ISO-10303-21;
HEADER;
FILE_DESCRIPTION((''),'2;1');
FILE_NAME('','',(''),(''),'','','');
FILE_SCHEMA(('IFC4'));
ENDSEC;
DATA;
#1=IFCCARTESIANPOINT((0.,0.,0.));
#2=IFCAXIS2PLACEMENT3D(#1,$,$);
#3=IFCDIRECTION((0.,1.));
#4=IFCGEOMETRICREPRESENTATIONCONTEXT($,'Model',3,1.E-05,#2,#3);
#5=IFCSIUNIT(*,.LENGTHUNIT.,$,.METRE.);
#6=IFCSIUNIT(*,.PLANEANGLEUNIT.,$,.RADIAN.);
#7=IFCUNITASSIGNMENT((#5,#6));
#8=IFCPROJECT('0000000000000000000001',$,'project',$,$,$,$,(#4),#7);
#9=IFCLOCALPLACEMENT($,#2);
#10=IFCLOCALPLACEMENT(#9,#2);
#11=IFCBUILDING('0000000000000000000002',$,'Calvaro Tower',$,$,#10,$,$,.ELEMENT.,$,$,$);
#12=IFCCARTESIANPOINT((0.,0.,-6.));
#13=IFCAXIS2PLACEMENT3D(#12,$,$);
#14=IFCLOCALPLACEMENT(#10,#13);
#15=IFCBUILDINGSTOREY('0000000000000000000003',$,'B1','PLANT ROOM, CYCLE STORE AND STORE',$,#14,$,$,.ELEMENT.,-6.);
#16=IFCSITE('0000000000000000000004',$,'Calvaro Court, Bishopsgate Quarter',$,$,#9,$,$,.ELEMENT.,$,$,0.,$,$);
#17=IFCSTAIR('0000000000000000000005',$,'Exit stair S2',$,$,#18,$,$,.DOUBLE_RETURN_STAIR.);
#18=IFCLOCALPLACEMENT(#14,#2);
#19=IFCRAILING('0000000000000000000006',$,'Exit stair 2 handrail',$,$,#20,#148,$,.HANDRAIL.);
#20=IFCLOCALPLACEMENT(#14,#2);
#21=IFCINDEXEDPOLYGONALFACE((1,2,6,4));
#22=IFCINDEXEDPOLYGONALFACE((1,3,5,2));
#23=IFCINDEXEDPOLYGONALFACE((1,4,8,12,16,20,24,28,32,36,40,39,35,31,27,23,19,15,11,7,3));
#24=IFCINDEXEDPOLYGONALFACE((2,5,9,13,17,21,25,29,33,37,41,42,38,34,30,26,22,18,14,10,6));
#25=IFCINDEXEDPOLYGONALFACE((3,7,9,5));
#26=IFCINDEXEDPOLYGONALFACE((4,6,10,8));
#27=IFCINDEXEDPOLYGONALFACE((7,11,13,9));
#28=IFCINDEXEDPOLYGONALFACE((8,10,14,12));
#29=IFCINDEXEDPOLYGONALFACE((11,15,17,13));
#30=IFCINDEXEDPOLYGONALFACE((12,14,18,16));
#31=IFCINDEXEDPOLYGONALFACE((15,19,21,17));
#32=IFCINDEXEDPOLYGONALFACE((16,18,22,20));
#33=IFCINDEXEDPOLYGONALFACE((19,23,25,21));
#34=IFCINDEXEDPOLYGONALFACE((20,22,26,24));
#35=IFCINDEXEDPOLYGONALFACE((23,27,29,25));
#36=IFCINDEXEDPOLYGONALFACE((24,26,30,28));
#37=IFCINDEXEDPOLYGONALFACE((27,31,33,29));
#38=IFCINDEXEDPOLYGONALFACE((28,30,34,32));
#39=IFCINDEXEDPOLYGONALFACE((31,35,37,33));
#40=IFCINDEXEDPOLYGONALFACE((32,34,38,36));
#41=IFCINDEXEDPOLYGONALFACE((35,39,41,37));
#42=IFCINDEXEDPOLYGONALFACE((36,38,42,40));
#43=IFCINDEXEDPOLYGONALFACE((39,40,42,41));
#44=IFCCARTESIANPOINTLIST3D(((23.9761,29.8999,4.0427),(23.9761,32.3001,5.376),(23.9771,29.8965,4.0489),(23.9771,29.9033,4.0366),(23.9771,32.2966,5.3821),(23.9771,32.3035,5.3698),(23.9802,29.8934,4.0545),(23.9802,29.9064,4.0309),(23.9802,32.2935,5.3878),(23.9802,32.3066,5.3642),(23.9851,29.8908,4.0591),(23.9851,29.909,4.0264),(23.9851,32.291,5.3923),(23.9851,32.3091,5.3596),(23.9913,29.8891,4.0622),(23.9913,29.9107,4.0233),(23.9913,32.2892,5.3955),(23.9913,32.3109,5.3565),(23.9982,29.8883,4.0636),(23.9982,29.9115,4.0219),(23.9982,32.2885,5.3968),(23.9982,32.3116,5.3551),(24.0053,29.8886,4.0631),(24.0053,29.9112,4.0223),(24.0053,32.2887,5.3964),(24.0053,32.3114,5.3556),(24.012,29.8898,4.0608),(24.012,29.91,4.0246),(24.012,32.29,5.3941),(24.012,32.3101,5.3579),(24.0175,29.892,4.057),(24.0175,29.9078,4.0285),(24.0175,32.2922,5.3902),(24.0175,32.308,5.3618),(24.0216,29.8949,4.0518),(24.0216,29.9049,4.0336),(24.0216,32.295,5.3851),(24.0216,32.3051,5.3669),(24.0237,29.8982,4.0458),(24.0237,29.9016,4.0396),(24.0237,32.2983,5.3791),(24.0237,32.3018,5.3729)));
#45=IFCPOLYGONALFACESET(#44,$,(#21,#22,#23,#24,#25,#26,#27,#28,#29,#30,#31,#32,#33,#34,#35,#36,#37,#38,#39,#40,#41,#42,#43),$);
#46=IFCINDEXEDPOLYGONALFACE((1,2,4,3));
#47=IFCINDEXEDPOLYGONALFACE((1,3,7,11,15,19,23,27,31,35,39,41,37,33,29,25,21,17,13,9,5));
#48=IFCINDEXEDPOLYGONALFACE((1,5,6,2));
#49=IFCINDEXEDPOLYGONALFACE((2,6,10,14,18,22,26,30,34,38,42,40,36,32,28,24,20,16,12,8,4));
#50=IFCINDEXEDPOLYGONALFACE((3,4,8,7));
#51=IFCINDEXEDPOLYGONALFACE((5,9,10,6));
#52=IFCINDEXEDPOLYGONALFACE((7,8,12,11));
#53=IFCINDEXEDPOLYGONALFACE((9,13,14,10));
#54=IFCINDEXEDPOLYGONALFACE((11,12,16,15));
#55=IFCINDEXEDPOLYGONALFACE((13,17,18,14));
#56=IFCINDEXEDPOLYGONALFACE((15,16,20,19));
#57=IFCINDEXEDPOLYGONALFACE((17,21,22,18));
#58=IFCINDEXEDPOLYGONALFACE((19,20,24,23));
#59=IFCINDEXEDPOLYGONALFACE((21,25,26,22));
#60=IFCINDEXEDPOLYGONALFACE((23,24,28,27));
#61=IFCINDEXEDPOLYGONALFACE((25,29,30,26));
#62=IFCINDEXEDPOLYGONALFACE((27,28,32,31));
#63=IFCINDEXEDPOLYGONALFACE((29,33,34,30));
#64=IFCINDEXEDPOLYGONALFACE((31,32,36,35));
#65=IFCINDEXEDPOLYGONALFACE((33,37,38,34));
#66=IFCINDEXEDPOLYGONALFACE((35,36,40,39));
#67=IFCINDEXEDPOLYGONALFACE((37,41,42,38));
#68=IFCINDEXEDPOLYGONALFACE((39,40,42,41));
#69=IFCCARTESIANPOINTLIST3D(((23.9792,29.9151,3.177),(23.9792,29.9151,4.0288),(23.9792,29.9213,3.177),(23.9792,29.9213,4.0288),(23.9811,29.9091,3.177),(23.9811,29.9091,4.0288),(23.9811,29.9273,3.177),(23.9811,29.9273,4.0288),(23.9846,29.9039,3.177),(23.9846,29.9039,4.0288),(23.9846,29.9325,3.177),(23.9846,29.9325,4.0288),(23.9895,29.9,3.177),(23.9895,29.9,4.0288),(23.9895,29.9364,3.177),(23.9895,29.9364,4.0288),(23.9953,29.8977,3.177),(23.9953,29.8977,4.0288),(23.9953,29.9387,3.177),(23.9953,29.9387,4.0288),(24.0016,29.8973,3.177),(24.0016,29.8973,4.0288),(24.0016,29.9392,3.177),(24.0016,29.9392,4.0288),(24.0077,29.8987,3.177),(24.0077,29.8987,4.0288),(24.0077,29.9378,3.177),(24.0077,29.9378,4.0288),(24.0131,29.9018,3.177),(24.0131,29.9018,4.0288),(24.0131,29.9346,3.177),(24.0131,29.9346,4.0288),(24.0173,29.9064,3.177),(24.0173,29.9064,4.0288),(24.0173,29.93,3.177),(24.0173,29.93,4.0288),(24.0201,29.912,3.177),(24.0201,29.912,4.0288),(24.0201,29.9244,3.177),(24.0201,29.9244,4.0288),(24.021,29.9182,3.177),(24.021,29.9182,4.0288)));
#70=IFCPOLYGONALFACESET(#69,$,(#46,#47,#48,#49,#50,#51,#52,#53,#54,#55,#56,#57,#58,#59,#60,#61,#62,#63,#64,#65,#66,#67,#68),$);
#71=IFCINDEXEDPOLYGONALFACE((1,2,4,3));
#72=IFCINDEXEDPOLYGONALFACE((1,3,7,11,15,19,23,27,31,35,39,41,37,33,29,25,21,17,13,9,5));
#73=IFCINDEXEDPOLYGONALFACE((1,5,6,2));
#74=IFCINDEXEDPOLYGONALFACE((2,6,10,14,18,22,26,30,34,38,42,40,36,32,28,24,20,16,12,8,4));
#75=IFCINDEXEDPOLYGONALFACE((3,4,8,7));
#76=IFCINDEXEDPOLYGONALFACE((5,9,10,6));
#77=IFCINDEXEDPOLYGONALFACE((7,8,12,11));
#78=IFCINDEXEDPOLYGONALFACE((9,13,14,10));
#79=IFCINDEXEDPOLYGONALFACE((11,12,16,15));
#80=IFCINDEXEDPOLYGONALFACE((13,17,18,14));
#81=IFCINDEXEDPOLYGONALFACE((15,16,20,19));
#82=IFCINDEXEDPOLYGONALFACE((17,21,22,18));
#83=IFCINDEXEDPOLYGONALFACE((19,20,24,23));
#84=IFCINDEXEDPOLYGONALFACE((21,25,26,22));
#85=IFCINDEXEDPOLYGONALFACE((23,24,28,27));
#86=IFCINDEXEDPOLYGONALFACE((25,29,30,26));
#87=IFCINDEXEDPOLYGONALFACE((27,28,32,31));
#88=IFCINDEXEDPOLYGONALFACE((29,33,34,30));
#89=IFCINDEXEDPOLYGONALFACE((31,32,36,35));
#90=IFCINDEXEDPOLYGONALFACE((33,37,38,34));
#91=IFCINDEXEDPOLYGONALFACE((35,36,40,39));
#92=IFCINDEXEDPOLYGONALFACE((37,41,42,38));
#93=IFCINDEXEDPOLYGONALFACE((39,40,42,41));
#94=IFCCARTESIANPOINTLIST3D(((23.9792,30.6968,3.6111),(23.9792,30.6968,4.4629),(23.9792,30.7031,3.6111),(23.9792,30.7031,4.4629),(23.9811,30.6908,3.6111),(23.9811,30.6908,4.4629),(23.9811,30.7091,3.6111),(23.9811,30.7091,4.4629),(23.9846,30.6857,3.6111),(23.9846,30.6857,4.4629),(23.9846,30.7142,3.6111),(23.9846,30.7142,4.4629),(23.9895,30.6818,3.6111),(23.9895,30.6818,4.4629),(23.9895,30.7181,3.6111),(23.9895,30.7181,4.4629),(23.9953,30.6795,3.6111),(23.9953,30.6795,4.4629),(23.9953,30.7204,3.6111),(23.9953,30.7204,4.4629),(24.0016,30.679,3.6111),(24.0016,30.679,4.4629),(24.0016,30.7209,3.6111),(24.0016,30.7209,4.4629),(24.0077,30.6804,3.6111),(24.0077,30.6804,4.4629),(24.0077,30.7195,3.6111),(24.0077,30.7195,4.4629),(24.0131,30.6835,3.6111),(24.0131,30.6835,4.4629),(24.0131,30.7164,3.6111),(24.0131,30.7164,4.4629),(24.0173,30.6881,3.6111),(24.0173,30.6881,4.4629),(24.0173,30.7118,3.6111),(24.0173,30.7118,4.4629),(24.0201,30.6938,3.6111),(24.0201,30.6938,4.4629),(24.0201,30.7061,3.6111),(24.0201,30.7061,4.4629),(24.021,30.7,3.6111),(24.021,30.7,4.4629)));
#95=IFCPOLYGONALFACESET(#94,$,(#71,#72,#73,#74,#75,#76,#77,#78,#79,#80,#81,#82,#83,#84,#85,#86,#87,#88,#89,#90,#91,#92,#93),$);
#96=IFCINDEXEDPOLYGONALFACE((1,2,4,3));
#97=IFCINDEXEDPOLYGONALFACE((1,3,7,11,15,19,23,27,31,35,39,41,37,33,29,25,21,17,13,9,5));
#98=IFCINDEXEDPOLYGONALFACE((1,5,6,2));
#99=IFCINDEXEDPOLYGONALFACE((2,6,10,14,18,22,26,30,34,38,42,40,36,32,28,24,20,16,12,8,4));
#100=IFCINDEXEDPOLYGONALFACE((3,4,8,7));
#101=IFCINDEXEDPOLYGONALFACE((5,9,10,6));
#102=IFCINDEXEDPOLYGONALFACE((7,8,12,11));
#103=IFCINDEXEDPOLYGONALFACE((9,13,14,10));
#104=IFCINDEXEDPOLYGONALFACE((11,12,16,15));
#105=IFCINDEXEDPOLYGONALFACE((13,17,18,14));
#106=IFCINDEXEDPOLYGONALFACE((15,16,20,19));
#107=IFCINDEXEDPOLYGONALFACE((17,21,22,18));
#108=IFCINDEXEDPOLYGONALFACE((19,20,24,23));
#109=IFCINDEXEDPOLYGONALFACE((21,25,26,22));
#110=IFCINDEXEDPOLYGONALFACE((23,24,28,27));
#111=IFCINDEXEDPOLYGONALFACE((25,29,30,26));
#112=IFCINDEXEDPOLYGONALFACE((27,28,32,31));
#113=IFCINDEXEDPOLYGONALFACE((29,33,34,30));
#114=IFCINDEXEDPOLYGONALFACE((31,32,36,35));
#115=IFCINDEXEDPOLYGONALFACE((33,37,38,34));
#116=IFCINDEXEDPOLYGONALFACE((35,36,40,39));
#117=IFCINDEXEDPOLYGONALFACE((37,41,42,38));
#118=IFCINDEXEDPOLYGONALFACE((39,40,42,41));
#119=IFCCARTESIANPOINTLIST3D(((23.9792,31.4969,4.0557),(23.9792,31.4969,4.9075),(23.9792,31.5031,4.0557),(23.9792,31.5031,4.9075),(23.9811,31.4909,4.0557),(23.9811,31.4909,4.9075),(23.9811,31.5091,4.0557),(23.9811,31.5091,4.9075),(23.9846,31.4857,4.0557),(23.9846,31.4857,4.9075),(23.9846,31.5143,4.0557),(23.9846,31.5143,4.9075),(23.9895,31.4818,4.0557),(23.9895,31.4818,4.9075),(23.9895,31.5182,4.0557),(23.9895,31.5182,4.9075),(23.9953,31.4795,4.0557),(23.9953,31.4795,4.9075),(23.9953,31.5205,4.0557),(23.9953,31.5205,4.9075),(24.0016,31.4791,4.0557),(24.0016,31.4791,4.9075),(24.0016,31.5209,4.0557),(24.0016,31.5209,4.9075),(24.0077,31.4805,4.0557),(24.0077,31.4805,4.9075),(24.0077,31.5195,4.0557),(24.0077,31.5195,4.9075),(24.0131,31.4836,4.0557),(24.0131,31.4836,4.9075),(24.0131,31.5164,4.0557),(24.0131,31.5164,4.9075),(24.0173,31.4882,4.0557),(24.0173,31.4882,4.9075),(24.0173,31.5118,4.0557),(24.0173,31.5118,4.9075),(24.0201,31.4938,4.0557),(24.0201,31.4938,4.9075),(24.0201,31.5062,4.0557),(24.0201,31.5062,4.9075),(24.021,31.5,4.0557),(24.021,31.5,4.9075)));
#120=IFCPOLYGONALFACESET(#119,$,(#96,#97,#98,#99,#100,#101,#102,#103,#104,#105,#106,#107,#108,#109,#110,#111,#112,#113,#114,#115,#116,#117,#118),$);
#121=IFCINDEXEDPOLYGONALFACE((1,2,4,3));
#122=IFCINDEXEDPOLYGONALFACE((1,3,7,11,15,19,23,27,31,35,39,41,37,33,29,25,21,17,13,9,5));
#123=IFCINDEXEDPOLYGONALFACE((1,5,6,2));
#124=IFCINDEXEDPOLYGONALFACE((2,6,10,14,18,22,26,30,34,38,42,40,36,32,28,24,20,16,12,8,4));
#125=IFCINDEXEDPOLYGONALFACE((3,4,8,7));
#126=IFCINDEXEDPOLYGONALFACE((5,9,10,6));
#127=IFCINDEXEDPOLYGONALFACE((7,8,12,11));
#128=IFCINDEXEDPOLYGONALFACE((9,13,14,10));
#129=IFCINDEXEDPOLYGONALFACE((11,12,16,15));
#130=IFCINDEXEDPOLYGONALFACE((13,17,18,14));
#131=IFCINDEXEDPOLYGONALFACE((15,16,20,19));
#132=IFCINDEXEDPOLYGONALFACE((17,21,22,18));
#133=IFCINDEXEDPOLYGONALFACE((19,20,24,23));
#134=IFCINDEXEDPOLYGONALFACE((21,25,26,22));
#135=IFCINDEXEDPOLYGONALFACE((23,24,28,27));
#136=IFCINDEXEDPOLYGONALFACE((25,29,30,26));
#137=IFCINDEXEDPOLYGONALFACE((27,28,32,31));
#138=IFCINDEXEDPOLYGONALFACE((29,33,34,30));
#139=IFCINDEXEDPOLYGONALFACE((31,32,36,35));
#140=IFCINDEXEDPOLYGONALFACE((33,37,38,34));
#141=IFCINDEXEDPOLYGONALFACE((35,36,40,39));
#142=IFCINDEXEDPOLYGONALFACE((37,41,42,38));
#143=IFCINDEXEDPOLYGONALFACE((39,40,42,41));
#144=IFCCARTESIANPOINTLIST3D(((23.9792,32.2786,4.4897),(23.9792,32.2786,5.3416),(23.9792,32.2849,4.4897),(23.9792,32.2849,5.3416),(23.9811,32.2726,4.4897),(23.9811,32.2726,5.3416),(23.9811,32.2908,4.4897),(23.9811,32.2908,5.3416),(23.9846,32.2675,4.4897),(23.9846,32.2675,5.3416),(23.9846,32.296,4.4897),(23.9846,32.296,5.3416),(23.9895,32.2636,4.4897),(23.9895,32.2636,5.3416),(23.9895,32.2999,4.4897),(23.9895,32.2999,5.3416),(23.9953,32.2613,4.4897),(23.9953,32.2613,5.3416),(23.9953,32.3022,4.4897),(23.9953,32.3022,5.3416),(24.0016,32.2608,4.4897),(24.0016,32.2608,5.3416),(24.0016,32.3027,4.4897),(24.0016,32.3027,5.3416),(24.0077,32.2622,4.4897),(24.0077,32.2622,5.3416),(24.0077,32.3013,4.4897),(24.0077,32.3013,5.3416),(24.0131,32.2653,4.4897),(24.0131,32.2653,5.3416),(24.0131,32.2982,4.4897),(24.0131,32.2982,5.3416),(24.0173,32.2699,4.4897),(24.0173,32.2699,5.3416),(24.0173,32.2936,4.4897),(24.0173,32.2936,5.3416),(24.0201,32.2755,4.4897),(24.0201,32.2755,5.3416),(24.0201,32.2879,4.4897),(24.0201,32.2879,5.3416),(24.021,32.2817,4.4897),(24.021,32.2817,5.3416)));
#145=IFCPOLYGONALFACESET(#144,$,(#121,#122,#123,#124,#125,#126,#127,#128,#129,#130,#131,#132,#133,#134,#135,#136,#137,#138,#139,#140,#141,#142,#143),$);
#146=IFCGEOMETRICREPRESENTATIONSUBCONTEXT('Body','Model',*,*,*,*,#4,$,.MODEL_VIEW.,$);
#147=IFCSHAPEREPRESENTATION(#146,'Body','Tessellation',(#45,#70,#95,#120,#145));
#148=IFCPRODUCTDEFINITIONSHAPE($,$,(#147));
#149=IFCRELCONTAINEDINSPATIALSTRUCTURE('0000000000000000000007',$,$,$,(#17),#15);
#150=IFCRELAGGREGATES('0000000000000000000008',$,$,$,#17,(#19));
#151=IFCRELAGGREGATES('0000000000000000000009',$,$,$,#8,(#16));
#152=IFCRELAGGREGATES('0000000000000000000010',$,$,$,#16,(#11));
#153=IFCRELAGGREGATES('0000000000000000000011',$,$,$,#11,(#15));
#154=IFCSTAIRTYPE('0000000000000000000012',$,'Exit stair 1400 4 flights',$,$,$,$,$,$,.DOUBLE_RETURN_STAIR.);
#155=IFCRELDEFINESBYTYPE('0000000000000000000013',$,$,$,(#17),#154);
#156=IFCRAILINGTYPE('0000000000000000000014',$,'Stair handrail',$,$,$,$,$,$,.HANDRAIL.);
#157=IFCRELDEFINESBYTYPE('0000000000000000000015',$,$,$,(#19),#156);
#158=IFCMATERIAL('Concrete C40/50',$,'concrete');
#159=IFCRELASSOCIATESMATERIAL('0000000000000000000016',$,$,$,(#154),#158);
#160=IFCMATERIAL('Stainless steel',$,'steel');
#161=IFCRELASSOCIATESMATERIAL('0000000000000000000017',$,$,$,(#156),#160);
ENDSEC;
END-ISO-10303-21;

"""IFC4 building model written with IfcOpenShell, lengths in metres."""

from ifc_helpers import new_model, si_unit, direction, frame, origin, origin_2d, place, context, subcontext, project, spatial, circle, extrude, material, type_object, element, aggregate, save


model = new_model("IFC4")

# Units and contexts
model_context = context("Model", 3, precision=1e-05, world=origin(), true_north=direction((0.0, 1.0)))
body_context = subcontext(model_context, "Body", "Model", "MODEL_VIEW")
ifc_project = project(units=[si_unit("LENGTHUNIT", "METRE"), si_unit("PLANEANGLEUNIT", "RADIAN")], contexts=[model_context])

# Site, building, storey
site_placement = place(None, origin())
site = spatial("IfcSite", under=ifc_project, at=site_placement, Name="Calvaro Court, Bishopsgate Quarter", CompositionType="ELEMENT", RefElevation=0.0)
building_placement = place(site_placement, origin())
building = spatial("IfcBuilding", under=site, at=building_placement, Name="Calvaro Tower", CompositionType="ELEMENT")
storey_placement = place(building_placement, frame((0.0, 0.0, -6.0)))
storey = spatial("IfcBuildingStorey", under=building, at=storey_placement, Name="B1", Description="PLANT ROOM, CYCLE STORE AND STORE", CompositionType="ELEMENT", Elevation=-6.0)

# Stair, railing
ifc_material_1 = material(Name="Concrete C40/50", Category="concrete")
stair_type = type_object("IfcStairType", Name="Exit stair 1400 4 flights", PredefinedType="DOUBLE_RETURN_STAIR", material=ifc_material_1)
stair_placement = place(storey_placement, origin())
stair = element("IfcStair", 1, at=stair_placement, inside=storey, type_object=stair_type, Name="Exit stair S2", PredefinedType="DOUBLE_RETURN_STAIR")
ifc_material_2 = material(Name="Stainless steel", Category="steel")
railing_type = type_object("IfcRailingType", Name="Stair handrail", PredefinedType="HANDRAIL", material=ifc_material_2)
railing_1_placement = place(storey_placement, frame((24.0, 29.8999, 3.1667)))
railing_1 = element("IfcRailing", 2, at=railing_1_placement, type_object=railing_type, Name="Exit stair 2 handrail", PredefinedType="HANDRAIL", context=body_context, shape_type="SweptSolid", body=[
    extrude(circle(Radius=0.0239, at=origin_2d()), frame((0.0, 0.0, 0.876), z_axis=(0.0, 0.874182, 0.485598), x_axis=(-1.0, 0.0, 0.0)), (0.0, 0.0, 1.0), 2.7456),
    extrude(circle(Radius=0.021, at=origin_2d()), frame((0.0, 0.0183, 0.0103)), (0.0, 0.0, 1.0), 0.8518),
    extrude(circle(Radius=0.021, at=origin_2d()), frame((0.0, 0.8, 0.4443)), (0.0, 0.0, 1.0), 0.8518),
    extrude(circle(Radius=0.021, at=origin_2d()), frame((0.0, 1.6001, 0.8889)), (0.0, 0.0, 1.0), 0.8518),
    extrude(circle(Radius=0.021, at=origin_2d()), frame((0.0, 2.3818, 1.323)), (0.0, 0.0, 1.0), 0.8518),
])
aggregate(stair, [railing_1])

save(model, "model.ifc")
